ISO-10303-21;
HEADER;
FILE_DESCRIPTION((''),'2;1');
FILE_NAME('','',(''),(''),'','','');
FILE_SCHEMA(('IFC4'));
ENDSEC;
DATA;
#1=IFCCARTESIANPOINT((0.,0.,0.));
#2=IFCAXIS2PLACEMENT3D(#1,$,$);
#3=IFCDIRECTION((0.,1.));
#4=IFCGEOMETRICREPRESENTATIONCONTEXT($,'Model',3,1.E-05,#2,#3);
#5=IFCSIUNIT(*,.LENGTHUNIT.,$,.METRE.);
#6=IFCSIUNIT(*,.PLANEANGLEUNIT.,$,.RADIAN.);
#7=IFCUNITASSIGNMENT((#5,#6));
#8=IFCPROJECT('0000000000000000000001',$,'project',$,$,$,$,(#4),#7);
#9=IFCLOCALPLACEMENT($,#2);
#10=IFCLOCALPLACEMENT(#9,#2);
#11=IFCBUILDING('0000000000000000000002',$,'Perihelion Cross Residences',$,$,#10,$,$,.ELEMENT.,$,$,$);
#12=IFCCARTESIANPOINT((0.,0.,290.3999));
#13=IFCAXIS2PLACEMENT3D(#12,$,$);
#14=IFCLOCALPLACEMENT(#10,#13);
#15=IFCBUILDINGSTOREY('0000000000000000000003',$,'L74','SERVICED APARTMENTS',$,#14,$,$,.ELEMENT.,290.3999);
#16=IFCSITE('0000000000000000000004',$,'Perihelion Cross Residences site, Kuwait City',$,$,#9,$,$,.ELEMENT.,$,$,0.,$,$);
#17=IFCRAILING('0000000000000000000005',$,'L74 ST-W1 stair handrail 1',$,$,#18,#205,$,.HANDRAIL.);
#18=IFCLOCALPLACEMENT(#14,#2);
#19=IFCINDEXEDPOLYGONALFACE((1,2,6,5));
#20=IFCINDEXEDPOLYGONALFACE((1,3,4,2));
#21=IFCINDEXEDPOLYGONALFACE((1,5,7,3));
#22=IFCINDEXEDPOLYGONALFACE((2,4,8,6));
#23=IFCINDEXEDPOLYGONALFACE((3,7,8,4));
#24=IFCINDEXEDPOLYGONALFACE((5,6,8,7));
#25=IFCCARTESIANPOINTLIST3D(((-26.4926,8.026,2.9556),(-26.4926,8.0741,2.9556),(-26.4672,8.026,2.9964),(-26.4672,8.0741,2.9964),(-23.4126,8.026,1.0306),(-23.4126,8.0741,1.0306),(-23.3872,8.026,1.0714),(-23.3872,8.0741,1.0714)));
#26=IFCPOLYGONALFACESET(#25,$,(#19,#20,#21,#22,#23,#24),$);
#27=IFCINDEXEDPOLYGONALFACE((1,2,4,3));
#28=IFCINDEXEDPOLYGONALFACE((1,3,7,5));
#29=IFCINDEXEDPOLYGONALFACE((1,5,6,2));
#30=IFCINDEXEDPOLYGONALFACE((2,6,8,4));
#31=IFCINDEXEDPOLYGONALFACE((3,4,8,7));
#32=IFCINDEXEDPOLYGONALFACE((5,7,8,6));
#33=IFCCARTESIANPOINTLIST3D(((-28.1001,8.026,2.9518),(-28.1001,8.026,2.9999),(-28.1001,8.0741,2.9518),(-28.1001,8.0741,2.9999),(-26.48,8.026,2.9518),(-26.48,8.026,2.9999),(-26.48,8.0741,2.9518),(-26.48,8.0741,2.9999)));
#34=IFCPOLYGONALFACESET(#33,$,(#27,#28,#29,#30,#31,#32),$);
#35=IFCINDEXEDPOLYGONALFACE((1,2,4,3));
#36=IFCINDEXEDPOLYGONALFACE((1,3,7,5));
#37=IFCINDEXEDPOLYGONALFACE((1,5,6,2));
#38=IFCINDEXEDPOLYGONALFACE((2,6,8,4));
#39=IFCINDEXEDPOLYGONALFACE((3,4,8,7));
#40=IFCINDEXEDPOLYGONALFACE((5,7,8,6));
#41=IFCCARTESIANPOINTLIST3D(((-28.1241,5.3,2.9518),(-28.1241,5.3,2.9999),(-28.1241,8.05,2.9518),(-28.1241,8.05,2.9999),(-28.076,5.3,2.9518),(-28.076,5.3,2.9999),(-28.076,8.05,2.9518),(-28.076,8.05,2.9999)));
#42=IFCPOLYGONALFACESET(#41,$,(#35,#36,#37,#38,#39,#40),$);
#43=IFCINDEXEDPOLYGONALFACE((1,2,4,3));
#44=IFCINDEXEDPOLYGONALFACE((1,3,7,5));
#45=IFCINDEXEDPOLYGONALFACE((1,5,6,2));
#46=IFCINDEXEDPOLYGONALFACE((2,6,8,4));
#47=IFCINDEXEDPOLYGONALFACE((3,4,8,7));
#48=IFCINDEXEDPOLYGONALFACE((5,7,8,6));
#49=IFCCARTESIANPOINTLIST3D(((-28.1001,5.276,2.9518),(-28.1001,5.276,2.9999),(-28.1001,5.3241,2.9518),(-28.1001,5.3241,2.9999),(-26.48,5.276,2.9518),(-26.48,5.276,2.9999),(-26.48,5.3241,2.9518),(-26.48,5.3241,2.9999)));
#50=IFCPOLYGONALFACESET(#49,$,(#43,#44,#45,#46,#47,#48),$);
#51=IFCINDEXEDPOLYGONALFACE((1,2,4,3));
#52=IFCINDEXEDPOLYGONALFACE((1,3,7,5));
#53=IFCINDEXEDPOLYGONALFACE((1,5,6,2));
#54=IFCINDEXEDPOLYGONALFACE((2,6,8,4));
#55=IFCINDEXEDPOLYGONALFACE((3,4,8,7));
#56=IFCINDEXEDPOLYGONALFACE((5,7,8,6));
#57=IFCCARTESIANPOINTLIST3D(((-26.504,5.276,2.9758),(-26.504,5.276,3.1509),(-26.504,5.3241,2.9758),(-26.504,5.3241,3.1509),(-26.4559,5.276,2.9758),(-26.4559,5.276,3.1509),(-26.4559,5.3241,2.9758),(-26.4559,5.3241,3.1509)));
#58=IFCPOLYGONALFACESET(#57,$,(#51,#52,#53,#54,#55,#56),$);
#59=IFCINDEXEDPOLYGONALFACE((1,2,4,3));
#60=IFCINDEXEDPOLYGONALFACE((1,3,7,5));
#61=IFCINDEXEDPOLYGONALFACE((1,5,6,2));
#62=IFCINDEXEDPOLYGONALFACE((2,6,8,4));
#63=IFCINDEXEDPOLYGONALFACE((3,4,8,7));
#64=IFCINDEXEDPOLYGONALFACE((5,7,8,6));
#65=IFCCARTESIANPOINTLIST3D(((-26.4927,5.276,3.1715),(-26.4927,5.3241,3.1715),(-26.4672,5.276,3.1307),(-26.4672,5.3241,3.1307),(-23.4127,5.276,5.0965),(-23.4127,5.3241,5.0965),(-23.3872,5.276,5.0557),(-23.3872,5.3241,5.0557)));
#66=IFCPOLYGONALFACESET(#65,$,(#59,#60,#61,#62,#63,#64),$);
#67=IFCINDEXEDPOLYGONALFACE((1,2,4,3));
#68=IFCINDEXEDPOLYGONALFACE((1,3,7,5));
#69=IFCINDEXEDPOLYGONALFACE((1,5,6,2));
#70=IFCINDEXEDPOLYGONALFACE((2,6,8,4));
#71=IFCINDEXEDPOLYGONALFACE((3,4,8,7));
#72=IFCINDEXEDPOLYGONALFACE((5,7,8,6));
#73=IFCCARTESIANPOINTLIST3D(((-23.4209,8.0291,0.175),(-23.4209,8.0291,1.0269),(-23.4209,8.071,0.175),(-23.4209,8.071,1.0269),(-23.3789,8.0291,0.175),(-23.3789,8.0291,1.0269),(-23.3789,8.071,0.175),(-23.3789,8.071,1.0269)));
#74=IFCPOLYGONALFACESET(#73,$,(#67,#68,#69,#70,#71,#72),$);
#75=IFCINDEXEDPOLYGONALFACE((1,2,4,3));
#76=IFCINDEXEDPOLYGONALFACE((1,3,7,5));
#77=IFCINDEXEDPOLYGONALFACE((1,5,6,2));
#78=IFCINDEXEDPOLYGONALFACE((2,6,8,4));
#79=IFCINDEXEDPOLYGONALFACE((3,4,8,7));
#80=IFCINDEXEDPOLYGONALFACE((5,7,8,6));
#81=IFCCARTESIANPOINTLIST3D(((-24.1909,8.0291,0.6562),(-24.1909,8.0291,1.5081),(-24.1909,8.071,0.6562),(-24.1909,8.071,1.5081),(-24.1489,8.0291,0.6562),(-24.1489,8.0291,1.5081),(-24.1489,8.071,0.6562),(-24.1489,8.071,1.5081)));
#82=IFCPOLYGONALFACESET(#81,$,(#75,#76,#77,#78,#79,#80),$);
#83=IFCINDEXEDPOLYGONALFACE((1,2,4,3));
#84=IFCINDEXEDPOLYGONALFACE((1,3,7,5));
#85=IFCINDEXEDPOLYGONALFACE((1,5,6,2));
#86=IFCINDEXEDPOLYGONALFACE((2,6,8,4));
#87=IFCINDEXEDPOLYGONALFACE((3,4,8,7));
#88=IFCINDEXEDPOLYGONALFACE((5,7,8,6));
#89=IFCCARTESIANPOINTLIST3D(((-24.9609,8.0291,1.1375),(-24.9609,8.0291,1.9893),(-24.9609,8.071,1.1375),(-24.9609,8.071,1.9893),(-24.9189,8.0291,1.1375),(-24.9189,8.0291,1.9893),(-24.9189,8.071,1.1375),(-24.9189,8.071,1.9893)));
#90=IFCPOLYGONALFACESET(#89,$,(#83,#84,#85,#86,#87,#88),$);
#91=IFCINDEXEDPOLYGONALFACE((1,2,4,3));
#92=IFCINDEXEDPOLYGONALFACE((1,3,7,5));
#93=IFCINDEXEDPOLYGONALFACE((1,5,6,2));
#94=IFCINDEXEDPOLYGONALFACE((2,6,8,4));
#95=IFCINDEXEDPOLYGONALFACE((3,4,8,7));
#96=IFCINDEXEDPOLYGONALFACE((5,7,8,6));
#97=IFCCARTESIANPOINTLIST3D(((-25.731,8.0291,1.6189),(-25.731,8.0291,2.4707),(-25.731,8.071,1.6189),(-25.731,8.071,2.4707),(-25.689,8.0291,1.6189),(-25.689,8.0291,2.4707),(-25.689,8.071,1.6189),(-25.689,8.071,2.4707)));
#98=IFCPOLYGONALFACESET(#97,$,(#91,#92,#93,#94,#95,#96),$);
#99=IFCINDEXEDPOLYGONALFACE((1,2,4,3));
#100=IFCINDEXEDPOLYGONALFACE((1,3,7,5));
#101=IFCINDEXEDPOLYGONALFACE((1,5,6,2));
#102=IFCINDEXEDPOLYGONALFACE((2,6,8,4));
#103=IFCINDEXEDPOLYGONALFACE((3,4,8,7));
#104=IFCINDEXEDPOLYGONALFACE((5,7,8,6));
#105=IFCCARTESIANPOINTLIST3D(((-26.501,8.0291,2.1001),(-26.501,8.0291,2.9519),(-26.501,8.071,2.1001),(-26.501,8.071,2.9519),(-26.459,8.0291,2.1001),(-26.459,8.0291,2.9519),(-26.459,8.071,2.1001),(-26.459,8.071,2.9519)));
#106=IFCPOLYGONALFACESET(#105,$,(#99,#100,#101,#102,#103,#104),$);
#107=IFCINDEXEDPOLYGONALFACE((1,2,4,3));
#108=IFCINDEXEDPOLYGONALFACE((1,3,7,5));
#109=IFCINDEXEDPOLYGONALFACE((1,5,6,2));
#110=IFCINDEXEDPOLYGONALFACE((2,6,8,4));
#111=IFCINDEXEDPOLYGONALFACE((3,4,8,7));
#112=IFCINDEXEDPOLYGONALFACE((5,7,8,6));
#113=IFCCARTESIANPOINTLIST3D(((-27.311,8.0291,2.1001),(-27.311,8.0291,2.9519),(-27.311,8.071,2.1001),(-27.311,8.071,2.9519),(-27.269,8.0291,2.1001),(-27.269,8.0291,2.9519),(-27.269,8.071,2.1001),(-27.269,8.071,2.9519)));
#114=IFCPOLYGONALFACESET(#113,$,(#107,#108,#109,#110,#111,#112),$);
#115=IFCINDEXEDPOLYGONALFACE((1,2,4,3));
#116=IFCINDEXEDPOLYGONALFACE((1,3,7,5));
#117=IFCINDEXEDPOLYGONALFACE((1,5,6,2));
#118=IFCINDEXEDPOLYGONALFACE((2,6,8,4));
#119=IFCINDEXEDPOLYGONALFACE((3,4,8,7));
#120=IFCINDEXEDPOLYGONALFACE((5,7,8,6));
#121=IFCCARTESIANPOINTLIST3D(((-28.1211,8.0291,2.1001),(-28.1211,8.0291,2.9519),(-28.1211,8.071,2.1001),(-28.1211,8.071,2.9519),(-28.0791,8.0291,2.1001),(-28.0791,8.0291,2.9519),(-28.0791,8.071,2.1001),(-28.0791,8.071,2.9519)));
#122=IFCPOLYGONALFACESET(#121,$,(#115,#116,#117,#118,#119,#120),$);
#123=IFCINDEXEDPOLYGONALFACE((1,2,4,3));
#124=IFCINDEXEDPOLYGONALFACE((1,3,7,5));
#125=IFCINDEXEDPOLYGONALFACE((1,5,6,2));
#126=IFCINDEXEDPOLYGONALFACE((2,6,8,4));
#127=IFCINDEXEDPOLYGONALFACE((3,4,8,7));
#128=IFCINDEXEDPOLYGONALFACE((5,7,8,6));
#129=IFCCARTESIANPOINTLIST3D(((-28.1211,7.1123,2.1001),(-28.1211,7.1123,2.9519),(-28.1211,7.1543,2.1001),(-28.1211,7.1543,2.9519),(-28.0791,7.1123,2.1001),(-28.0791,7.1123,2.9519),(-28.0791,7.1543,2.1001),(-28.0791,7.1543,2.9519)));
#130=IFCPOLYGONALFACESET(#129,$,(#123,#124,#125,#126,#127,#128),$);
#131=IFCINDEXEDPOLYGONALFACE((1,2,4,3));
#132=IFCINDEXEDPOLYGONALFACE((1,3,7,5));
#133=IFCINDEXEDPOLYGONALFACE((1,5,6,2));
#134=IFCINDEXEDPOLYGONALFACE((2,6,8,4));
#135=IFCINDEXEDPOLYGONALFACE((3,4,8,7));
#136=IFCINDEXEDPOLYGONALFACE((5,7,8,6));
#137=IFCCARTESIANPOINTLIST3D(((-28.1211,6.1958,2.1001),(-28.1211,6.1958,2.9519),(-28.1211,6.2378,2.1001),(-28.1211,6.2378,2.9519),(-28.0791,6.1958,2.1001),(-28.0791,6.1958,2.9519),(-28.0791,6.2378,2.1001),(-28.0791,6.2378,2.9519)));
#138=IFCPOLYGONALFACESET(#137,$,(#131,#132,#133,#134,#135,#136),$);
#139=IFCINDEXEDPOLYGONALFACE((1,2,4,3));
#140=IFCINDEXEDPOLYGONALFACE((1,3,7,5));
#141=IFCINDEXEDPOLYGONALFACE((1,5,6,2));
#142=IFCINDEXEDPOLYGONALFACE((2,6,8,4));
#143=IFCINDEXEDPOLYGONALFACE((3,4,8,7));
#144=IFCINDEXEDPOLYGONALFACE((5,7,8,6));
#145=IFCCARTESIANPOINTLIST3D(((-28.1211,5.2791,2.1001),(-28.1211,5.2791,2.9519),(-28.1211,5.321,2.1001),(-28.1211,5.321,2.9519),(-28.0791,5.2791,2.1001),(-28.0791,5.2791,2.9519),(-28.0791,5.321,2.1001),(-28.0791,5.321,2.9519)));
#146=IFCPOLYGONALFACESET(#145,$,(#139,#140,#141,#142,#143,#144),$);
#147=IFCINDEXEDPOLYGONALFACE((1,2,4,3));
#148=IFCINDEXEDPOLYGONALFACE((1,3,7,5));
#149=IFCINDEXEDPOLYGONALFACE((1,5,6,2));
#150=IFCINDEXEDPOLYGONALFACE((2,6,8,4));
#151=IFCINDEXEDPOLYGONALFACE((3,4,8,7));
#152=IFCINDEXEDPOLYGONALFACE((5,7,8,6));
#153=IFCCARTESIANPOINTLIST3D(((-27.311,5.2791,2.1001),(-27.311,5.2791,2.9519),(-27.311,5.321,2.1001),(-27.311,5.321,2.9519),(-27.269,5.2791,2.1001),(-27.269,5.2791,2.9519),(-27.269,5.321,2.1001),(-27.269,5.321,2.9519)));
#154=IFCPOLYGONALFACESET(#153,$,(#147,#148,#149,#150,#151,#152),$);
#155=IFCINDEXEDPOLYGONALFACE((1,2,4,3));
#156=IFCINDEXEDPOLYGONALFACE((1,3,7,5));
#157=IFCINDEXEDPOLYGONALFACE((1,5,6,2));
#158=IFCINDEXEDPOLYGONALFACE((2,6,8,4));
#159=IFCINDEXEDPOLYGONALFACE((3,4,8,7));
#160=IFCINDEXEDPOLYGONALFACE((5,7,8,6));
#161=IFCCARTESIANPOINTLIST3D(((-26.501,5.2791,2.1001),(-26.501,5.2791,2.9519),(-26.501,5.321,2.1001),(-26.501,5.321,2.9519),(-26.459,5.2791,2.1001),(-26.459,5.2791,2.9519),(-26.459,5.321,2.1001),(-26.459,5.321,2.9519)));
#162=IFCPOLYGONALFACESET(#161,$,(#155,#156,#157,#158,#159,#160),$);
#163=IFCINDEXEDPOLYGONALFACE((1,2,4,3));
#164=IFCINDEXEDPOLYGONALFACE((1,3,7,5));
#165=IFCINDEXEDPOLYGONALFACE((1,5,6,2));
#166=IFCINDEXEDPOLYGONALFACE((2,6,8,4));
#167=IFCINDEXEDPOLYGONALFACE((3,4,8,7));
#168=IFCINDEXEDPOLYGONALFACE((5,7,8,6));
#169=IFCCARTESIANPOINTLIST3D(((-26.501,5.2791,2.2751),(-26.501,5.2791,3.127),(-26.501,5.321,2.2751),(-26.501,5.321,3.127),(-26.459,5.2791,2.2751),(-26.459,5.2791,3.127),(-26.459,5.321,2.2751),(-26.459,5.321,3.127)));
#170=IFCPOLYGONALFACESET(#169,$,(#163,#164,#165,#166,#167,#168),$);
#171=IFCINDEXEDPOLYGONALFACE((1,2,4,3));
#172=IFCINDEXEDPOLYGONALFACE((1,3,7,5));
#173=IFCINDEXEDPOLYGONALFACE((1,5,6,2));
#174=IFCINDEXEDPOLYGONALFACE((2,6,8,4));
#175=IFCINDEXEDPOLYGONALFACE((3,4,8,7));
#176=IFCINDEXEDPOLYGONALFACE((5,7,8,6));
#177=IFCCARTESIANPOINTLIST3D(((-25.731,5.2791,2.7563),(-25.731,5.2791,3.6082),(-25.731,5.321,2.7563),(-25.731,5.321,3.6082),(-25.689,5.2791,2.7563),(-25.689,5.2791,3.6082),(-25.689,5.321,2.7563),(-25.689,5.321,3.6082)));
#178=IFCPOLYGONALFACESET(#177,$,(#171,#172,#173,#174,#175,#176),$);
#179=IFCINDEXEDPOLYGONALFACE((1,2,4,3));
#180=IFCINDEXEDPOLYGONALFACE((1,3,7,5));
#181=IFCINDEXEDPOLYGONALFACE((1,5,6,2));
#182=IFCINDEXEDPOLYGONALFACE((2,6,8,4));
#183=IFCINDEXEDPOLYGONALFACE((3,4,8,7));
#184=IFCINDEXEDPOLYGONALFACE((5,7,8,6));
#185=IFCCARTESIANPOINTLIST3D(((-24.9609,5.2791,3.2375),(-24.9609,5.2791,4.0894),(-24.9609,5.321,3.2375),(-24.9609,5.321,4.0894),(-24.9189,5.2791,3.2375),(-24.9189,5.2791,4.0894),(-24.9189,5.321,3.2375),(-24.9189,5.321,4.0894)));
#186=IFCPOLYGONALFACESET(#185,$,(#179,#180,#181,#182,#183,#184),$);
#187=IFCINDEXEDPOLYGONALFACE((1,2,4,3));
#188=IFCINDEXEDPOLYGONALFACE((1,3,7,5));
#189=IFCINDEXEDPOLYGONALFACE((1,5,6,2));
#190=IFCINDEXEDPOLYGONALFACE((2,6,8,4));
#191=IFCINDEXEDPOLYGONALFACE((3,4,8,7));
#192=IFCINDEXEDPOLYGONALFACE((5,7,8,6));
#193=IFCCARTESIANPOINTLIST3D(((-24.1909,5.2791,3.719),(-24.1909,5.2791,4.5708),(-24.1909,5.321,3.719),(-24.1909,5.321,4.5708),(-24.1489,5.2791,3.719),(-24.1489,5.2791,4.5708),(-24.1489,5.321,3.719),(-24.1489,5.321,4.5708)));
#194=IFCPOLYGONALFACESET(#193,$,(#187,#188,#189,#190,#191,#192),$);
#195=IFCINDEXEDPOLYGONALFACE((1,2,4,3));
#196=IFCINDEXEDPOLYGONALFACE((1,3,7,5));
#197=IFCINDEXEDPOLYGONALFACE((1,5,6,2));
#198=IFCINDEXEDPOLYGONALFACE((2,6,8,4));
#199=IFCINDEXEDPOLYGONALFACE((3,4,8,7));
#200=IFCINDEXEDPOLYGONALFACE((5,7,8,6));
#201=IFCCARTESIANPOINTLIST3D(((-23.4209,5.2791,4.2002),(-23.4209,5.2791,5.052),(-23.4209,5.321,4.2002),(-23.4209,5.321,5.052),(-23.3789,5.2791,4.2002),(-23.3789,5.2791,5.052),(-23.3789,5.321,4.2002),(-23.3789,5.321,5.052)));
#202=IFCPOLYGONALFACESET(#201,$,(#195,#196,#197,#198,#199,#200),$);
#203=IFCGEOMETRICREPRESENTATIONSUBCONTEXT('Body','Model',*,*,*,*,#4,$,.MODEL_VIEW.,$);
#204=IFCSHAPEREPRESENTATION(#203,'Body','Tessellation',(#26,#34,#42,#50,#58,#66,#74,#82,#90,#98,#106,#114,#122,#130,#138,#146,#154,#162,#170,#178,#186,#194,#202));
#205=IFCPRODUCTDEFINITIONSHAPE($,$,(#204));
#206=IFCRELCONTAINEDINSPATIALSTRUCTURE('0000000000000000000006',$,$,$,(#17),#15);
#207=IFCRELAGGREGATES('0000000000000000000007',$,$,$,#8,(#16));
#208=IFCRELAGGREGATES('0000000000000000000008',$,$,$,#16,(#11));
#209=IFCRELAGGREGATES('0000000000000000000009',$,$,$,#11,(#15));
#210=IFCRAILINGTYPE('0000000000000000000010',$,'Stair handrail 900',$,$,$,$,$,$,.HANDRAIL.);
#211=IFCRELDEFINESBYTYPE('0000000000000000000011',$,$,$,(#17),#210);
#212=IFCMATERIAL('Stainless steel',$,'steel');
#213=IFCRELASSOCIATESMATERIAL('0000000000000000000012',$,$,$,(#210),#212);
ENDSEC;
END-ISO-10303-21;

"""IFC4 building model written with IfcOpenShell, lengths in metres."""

from ifc_helpers import new_model, si_unit, direction, frame, origin, origin_2d, place, context, subcontext, project, spatial, rectangle, extrude, material, type_object, element, save


model = new_model("IFC4")

# Units and contexts
model_context = context("Model", 3, precision=1e-05, world=origin(), true_north=direction((0.0, 1.0)))
body_context = subcontext(model_context, "Body", "Model", "MODEL_VIEW")
ifc_project = project(units=[si_unit("LENGTHUNIT", "METRE"), si_unit("PLANEANGLEUNIT", "RADIAN")], contexts=[model_context])

# Site, building, storey
site_placement = place(None, origin())
site = spatial("IfcSite", under=ifc_project, at=site_placement, Name="Perihelion Cross Residences site, Kuwait City", CompositionType="ELEMENT", RefElevation=0.0)
building_placement = place(site_placement, origin())
building = spatial("IfcBuilding", under=site, at=building_placement, Name="Perihelion Cross Residences", CompositionType="ELEMENT")
storey_placement = place(building_placement, frame((0.0, 0.0, 290.3999)))
storey = spatial("IfcBuildingStorey", under=building, at=storey_placement, Name="L74", Description="SERVICED APARTMENTS", CompositionType="ELEMENT", Elevation=290.3999)

# Railing
ifc_material_1 = material(Name="Stainless steel", Category="steel")
railing_type_1 = type_object("IfcRailingType", Name="Stair handrail 900", PredefinedType="HANDRAIL", material=ifc_material_1)
railing_1_placement = place(storey_placement, frame((-23.3999, 8.05, 0.175)))
element("IfcRailing", 1, at=railing_1_placement, inside=storey, type_object=railing_type_1, Name="L74 ST-W1 stair handrail 1", PredefinedType="HANDRAIL", context=body_context, shape_type="SweptSolid", body=[
    extrude(rectangle(XDim=0.0481, YDim=0.0481, at=origin_2d()), frame((0.0, 0.0, 0.876), z_axis=(-0.847998, 0.0, 0.529999), x_axis=(0.0, -1.0, 0.0)), (0.0, 0.0, 1.0), 3.6321),
    extrude(rectangle(XDim=0.0481, YDim=0.0481, at=origin_2d()), frame((-3.0801, 0.0, 2.8008), z_axis=(-1.0, 0.0, 0.0), x_axis=(0.0, -1.0, 0.0)), (0.0, 0.0, 1.0), 1.6201),
    extrude(rectangle(XDim=0.0481, YDim=0.0481, at=origin_2d()), frame((-4.7002, 0.0, 2.8008), z_axis=(0.0, -1.0, 0.0), x_axis=(1.0, 0.0, 0.0)), (0.0, 0.0, 1.0), 2.75),
    extrude(rectangle(XDim=0.0481, YDim=0.0481, at=origin_2d()), frame((-4.7002, -2.75, 2.8008), z_axis=(1.0, 0.0, 0.0), x_axis=(0.0, 1.0, 0.0)), (0.0, 0.0, 1.0), 1.6201),
    extrude(rectangle(XDim=0.0481, YDim=0.0481, at=origin_2d()), frame((-3.0801, -2.75, 2.8008), z_axis=(0.0, 0.0, 1.0), x_axis=(1.0, 0.0, 0.0)), (0.0, 0.0, 1.0), 0.175),
    extrude(rectangle(XDim=0.0481, YDim=0.0481, at=origin_2d()), frame((-3.0801, -2.75, 2.9761), z_axis=(0.847998, 0.0, 0.529999), x_axis=(0.0, 1.0, 0.0)), (0.0, 0.0, 1.0), 3.6321),
    extrude(rectangle(XDim=0.042, YDim=0.042, at=origin_2d()), origin(), (0.0, 0.0, 1.0), 0.8518),
    extrude(rectangle(XDim=0.042, YDim=0.042, at=origin_2d()), frame((-0.77, 0.0, 0.4812)), (0.0, 0.0, 1.0), 0.8518),
    extrude(rectangle(XDim=0.042, YDim=0.042, at=origin_2d()), frame((-1.54, 0.0, 0.9624)), (0.0, 0.0, 1.0), 0.8518),
    extrude(rectangle(XDim=0.042, YDim=0.042, at=origin_2d()), frame((-2.3101, 0.0, 1.4438)), (0.0, 0.0, 1.0), 0.8518),
    extrude(rectangle(XDim=0.042, YDim=0.042, at=origin_2d()), frame((-3.0801, 0.0, 1.925)), (0.0, 0.0, 1.0), 0.8518),
    extrude(rectangle(XDim=0.042, YDim=0.042, at=origin_2d()), frame((-3.8901, 0.0, 1.925)), (0.0, 0.0, 1.0), 0.8518),
    extrude(rectangle(XDim=0.042, YDim=0.042, at=origin_2d()), frame((-4.7002, 0.0, 1.925)), (0.0, 0.0, 1.0), 0.8518),
    extrude(rectangle(XDim=0.042, YDim=0.042, at=origin_2d()), frame((-4.7002, -0.9167, 1.925)), (0.0, 0.0, 1.0), 0.8518),
    extrude(rectangle(XDim=0.042, YDim=0.042, at=origin_2d()), frame((-4.7002, -1.8333, 1.925)), (0.0, 0.0, 1.0), 0.8518),
    extrude(rectangle(XDim=0.042, YDim=0.042, at=origin_2d()), frame((-4.7002, -2.75, 1.925)), (0.0, 0.0, 1.0), 0.8518),
    extrude(rectangle(XDim=0.042, YDim=0.042, at=origin_2d()), frame((-3.8901, -2.75, 1.925)), (0.0, 0.0, 1.0), 0.8518),
    extrude(rectangle(XDim=0.042, YDim=0.042, at=origin_2d()), frame((-3.0801, -2.75, 1.925)), (0.0, 0.0, 1.0), 0.8518),
    extrude(rectangle(XDim=0.042, YDim=0.042, at=origin_2d()), frame((-3.0801, -2.75, 2.1001)), (0.0, 0.0, 1.0), 0.8518),
    extrude(rectangle(XDim=0.042, YDim=0.042, at=origin_2d()), frame((-2.3101, -2.75, 2.5813)), (0.0, 0.0, 1.0), 0.8518),
    extrude(rectangle(XDim=0.042, YDim=0.042, at=origin_2d()), frame((-1.54, -2.75, 3.0625)), (0.0, 0.0, 1.0), 0.8518),
    extrude(rectangle(XDim=0.042, YDim=0.042, at=origin_2d()), frame((-0.77, -2.75, 3.5439)), (0.0, 0.0, 1.0), 0.8518),
    extrude(rectangle(XDim=0.042, YDim=0.042, at=origin_2d()), frame((0.0, -2.75, 4.0251)), (0.0, 0.0, 1.0), 0.8518),
])

save(model, "model.ifc")
